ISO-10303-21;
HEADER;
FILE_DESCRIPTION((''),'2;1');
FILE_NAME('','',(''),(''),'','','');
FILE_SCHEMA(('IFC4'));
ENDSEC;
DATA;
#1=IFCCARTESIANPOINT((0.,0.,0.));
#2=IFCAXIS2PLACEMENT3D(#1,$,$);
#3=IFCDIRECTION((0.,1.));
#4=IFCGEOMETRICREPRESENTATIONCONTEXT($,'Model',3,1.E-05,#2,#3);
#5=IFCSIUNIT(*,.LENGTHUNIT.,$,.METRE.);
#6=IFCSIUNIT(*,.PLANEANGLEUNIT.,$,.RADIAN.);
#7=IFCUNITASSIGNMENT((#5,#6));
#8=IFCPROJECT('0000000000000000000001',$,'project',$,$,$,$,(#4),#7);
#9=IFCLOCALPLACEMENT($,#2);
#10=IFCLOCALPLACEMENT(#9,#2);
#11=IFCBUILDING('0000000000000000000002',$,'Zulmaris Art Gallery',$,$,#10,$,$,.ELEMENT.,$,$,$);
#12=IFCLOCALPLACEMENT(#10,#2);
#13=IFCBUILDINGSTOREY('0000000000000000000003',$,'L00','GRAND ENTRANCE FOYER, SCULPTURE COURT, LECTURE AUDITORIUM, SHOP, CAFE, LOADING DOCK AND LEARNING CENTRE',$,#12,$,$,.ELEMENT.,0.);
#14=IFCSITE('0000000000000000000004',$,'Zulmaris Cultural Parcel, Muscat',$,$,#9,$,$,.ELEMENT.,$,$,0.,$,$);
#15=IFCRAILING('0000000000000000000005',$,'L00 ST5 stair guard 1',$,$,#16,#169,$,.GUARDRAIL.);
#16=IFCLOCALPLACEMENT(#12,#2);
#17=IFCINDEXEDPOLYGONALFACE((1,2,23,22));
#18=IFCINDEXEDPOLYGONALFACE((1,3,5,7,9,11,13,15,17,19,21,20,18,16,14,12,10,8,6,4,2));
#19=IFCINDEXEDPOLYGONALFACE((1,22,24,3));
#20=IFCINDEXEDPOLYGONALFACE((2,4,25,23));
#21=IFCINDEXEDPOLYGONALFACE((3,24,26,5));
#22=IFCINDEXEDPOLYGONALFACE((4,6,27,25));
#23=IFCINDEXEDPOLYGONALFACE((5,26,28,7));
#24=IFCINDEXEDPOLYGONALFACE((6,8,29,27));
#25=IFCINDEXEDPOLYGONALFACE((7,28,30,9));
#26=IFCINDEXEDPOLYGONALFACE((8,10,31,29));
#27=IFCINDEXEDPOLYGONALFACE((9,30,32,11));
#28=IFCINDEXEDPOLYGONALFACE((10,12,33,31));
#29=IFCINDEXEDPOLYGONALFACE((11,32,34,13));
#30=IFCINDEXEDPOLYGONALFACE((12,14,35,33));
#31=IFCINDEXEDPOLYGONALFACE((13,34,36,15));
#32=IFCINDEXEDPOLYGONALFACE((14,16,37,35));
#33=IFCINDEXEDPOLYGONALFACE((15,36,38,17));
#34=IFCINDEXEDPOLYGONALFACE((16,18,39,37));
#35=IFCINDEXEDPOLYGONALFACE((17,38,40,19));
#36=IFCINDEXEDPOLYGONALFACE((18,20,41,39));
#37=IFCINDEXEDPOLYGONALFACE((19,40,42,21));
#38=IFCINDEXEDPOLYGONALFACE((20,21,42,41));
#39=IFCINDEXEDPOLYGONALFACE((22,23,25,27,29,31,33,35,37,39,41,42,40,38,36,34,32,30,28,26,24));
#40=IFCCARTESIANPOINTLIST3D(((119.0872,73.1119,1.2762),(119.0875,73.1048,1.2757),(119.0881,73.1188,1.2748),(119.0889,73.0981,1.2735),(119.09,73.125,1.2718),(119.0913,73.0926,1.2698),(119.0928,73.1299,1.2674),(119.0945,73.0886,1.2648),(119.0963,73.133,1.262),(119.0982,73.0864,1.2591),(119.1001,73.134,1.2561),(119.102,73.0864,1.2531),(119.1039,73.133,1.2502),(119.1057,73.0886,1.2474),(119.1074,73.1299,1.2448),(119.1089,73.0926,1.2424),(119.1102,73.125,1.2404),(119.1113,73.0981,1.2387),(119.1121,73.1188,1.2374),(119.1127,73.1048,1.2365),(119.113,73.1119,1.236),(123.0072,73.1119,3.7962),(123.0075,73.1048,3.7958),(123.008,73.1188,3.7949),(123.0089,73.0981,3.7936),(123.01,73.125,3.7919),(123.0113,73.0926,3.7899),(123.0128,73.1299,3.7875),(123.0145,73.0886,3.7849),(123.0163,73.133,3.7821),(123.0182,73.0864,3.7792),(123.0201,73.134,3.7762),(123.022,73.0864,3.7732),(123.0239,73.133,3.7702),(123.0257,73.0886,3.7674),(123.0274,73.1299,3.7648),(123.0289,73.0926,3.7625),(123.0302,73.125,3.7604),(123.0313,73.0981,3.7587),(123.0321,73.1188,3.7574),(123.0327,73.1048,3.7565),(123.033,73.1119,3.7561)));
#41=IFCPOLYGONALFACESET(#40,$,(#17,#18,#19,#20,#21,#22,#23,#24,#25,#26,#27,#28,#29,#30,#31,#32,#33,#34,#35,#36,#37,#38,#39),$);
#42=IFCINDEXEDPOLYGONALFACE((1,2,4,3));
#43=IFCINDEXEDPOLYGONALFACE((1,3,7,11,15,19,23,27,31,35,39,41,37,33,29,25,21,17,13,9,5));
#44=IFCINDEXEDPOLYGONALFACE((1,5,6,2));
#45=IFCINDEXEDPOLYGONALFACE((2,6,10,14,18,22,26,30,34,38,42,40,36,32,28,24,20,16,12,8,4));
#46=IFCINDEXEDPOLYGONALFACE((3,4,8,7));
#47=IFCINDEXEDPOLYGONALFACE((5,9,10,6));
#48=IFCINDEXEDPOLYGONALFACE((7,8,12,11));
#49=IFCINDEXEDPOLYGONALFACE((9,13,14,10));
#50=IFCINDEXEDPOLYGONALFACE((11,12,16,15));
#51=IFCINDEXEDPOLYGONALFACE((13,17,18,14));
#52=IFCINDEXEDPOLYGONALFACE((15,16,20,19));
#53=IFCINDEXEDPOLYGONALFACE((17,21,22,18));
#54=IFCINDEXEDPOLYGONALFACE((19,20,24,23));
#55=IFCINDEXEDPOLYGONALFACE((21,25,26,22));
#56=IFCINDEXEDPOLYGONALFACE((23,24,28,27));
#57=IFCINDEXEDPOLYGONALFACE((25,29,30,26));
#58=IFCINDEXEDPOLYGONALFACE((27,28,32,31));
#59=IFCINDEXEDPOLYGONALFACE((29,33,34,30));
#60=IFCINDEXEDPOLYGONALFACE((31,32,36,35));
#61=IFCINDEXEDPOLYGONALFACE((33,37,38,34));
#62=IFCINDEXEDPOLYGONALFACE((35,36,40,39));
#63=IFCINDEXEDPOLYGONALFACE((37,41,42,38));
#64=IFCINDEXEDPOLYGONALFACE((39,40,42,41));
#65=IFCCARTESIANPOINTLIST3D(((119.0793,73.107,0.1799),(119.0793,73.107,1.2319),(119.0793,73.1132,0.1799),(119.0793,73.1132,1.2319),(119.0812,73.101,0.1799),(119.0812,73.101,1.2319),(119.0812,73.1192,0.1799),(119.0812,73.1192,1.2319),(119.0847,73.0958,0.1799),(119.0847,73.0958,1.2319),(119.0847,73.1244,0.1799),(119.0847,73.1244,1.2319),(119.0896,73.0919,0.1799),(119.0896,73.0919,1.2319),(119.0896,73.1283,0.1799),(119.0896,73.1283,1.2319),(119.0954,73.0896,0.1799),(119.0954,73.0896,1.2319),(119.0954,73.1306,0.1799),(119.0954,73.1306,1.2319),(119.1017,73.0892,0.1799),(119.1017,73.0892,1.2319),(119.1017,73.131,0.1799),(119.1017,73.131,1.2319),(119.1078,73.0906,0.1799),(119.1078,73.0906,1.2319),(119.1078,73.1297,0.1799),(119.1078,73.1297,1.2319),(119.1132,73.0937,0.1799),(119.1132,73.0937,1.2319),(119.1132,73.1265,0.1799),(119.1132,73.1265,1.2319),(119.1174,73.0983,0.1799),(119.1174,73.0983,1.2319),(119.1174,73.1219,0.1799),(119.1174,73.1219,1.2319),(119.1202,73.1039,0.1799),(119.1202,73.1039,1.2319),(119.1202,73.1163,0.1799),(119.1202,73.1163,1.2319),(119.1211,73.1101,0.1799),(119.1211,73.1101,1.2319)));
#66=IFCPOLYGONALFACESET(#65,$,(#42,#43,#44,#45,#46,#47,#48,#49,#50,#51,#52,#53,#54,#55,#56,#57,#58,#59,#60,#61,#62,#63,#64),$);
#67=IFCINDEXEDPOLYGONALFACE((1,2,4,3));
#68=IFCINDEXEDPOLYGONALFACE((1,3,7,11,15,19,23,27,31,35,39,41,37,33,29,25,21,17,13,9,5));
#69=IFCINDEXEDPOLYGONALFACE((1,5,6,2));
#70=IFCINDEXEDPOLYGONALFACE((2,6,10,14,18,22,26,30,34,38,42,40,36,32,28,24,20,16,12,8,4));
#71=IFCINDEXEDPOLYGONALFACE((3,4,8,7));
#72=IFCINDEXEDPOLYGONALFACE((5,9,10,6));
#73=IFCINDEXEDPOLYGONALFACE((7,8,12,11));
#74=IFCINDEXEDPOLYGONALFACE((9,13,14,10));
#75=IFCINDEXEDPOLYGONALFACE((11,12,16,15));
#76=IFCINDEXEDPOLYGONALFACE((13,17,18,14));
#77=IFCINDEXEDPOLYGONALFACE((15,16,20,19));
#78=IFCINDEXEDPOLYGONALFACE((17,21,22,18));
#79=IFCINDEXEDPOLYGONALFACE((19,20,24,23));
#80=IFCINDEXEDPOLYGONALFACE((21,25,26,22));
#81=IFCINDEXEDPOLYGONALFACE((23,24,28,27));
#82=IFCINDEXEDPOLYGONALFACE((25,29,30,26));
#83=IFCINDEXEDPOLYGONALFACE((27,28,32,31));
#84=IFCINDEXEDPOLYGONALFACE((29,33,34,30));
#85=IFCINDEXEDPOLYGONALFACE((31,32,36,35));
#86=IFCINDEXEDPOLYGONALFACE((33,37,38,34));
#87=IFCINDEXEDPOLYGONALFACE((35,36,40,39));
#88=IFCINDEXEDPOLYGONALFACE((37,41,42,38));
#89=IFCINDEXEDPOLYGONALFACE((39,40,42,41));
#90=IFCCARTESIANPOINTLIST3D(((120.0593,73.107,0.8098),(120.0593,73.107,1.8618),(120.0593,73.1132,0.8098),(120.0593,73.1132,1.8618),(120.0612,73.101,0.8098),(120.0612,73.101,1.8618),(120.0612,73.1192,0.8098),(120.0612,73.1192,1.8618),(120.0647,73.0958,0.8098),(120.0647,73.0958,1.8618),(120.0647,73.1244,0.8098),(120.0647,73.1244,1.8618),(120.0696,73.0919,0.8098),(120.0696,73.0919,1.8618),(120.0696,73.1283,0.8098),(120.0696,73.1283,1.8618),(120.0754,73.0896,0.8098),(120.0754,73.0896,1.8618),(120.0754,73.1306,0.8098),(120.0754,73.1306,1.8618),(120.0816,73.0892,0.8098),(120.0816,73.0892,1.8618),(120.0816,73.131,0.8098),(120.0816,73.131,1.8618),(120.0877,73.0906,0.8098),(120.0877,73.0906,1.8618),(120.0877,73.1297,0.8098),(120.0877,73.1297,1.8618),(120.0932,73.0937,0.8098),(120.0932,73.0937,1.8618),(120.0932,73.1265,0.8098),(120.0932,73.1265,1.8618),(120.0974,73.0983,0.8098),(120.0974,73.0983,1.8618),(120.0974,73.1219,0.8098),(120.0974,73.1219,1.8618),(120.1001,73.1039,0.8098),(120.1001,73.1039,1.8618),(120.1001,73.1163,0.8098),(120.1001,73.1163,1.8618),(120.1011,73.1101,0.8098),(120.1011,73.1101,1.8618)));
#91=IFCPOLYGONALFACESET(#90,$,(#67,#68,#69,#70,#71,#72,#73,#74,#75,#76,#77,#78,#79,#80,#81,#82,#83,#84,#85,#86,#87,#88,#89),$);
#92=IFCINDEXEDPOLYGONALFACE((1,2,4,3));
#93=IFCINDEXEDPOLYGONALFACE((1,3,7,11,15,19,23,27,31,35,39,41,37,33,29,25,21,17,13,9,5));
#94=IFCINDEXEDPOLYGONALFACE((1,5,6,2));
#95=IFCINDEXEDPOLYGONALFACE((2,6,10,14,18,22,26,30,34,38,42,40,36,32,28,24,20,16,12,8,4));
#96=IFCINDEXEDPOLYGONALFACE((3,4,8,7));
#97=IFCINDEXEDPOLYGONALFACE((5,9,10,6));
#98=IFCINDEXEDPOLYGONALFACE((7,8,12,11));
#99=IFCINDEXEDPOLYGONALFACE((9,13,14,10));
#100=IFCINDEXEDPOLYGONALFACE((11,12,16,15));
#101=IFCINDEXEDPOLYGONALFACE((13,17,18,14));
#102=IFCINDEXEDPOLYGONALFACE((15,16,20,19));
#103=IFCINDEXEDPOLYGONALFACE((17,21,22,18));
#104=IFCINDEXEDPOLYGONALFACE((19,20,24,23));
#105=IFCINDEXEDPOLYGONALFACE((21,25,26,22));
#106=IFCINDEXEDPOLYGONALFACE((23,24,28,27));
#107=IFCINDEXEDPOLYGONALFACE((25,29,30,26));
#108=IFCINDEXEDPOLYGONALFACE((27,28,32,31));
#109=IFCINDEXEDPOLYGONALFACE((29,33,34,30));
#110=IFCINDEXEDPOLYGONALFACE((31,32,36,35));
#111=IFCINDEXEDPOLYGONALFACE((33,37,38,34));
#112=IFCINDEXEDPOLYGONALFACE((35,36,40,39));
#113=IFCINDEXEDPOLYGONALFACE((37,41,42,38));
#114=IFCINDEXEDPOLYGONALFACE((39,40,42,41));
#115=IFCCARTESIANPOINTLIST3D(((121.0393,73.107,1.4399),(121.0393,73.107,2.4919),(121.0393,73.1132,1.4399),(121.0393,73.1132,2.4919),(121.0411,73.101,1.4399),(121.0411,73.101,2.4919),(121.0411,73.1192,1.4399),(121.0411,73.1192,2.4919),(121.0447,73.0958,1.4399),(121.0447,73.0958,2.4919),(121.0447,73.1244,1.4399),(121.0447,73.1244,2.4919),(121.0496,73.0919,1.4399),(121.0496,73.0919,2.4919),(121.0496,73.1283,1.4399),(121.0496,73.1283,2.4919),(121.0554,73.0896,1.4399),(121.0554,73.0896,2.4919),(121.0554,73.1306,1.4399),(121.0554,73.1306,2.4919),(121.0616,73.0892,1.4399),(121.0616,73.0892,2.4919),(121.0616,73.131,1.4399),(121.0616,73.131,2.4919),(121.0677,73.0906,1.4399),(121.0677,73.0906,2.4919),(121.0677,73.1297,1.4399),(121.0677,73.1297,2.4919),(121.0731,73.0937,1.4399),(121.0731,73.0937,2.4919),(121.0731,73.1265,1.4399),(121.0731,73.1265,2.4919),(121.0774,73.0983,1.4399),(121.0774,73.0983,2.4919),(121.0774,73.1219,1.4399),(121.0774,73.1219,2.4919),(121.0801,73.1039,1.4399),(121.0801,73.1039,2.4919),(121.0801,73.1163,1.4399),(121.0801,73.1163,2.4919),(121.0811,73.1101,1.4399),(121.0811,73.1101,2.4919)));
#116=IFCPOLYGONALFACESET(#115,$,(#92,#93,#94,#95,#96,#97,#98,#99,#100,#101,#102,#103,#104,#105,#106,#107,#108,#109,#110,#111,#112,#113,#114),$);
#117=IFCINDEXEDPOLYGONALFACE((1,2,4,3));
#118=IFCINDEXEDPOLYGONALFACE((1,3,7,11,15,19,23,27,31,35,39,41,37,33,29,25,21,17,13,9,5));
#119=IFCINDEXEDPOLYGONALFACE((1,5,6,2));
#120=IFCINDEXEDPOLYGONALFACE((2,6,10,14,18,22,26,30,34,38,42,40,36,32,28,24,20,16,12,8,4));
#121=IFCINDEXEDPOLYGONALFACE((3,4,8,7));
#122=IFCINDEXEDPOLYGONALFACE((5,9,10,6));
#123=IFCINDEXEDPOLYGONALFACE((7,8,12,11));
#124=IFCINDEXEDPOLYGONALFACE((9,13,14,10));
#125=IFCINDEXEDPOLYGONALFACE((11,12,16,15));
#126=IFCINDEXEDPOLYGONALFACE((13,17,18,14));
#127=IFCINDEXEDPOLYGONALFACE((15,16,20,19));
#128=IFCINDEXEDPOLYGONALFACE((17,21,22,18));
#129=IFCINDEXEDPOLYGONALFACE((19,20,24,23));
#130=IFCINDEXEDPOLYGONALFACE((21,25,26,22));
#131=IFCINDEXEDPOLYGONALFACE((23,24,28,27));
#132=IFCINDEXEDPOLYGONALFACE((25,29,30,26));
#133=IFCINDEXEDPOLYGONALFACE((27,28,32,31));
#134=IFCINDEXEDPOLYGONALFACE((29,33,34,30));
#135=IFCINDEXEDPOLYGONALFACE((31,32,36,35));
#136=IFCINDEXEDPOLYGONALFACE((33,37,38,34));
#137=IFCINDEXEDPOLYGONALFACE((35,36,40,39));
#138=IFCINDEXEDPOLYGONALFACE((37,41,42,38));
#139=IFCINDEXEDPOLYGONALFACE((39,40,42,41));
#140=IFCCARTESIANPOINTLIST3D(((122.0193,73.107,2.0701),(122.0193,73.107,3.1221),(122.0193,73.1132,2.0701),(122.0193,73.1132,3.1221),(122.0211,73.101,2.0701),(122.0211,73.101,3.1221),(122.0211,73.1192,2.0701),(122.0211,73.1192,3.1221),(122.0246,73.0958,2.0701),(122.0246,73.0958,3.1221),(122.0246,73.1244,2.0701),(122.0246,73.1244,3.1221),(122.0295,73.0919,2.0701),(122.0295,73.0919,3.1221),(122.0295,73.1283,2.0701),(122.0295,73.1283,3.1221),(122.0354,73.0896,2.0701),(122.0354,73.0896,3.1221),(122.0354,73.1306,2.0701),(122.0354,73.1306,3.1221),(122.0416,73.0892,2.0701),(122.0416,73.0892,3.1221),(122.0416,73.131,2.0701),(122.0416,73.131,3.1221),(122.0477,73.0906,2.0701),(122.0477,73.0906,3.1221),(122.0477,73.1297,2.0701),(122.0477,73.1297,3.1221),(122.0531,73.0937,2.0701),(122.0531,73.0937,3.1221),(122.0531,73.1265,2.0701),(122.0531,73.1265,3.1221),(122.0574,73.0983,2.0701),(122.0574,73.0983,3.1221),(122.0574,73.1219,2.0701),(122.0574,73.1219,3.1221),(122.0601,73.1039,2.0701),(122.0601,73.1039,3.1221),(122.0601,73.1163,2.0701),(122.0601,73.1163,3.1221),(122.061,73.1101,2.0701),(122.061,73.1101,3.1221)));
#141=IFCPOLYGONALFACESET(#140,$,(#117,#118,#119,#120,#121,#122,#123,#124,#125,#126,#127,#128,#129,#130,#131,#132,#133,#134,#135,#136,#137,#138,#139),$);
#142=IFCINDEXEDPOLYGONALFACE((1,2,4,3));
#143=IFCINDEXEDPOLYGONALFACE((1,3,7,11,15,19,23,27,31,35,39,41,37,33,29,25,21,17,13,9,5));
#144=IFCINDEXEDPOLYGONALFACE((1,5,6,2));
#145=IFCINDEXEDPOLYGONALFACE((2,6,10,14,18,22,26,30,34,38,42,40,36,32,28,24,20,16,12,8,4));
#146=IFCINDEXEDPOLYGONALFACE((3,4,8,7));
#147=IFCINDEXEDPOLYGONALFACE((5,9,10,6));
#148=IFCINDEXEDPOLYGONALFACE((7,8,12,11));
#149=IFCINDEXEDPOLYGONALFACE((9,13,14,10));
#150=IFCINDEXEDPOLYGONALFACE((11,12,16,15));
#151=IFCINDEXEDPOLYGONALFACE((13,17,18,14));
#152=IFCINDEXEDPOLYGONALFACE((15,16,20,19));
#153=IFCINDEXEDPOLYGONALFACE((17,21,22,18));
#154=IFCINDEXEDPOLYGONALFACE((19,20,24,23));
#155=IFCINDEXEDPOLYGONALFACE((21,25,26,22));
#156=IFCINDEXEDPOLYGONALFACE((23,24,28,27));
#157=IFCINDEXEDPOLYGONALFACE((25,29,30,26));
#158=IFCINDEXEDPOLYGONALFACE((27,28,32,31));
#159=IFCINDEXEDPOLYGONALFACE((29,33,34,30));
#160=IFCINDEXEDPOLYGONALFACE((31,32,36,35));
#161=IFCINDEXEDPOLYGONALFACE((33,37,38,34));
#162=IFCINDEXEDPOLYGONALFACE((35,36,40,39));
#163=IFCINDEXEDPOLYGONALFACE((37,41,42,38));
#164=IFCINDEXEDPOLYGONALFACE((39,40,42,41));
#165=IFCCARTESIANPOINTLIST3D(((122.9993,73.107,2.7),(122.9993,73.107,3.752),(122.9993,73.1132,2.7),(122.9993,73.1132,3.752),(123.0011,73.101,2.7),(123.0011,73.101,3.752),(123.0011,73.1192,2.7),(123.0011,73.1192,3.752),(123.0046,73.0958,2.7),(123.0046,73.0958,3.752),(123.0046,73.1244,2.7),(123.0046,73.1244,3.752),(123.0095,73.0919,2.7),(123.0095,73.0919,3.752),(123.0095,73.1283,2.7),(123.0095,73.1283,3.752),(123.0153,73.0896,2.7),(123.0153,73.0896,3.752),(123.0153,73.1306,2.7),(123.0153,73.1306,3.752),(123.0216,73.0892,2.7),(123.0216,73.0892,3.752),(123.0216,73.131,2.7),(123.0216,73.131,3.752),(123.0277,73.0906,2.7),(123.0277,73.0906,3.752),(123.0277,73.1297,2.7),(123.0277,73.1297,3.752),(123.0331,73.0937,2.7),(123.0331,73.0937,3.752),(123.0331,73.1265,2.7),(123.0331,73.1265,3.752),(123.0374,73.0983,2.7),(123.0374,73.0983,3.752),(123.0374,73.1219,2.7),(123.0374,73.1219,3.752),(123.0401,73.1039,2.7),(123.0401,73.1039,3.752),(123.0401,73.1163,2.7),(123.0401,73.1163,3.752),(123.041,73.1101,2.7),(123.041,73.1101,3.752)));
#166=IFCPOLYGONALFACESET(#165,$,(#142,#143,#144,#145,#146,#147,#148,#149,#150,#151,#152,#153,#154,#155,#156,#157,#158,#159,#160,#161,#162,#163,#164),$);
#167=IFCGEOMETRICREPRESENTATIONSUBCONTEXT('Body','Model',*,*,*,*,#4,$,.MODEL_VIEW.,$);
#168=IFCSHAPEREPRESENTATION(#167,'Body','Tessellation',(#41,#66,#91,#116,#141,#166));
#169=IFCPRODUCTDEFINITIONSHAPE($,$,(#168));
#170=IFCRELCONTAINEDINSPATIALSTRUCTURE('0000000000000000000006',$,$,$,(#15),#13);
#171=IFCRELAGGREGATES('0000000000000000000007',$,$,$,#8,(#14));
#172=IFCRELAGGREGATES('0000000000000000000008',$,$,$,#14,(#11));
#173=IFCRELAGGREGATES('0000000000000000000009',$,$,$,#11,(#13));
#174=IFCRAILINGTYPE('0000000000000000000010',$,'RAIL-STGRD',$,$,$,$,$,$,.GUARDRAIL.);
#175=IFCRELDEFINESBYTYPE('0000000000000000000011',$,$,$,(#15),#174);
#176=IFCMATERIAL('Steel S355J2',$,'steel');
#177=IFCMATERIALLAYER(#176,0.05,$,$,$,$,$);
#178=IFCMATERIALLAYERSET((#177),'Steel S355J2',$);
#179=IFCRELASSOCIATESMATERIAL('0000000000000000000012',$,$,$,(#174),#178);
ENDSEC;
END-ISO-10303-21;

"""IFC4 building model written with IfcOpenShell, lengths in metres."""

from ifc_helpers import new_model, si_unit, direction, frame, origin, origin_2d, place, context, subcontext, project, spatial, circle, extrude, material, layer, layer_set, type_object, element, save


model = new_model("IFC4")

# Units and contexts
model_context = context("Model", 3, precision=1e-05, world=origin(), true_north=direction((0.0, 1.0)))
body_context = subcontext(model_context, "Body", "Model", "MODEL_VIEW")
ifc_project = project(units=[si_unit("LENGTHUNIT", "METRE"), si_unit("PLANEANGLEUNIT", "RADIAN")], contexts=[model_context])

# Site, building, storey
site_placement = place(None, origin())
site = spatial("IfcSite", under=ifc_project, at=site_placement, Name="Zulmaris Cultural Parcel, Muscat", CompositionType="ELEMENT", RefElevation=0.0)
building_placement = place(site_placement, origin())
building = spatial("IfcBuilding", under=site, at=building_placement, Name="Zulmaris Art Gallery", CompositionType="ELEMENT")
storey_placement = place(building_placement, origin())
storey = spatial("IfcBuildingStorey", under=building, at=storey_placement, Name="L00", Description="GRAND ENTRANCE FOYER, SCULPTURE COURT, LECTURE AUDITORIUM, SHOP, CAFE, LOADING DOCK AND LEARNING CENTRE", CompositionType="ELEMENT", Elevation=0.0)

# Railing
ifc_material_1 = material(Name="Steel S355J2", Category="steel")
ifc_layer_1 = layer(ifc_material_1, 0.05)
ifc_layer_set_1 = layer_set([ifc_layer_1], Name="Steel S355J2")
railing_type_1 = type_object("IfcRailingType", Name="RAIL-STGRD", PredefinedType="GUARDRAIL", material=ifc_layer_set_1)
railing_1_placement = place(storey_placement, frame((119.1001, 73.1101, 0.1799)))
element("IfcRailing", 1, at=railing_1_placement, inside=storey, type_object=railing_type_1, Name="L00 ST5 stair guard 1", PredefinedType="GUARDRAIL", context=body_context, shape_type="SweptSolid", body=[
    extrude(circle(Radius=0.0239, at=origin_2d()), frame((0.0, 0.0, 1.0762), z_axis=(0.841172, 0.0, 0.540768), x_axis=(0.0, 1.0, 0.0)), (0.0, 0.0, 1.0), 4.6602),
    extrude(circle(Radius=0.021, at=origin_2d()), origin(), (0.0, 0.0, 1.0), 1.052),
    extrude(circle(Radius=0.021, at=origin_2d()), frame((0.98, 0.0, 0.6299)), (0.0, 0.0, 1.0), 1.052),
    extrude(circle(Radius=0.021, at=origin_2d()), frame((1.96, 0.0, 1.26)), (0.0, 0.0, 1.0), 1.052),
    extrude(circle(Radius=0.021, at=origin_2d()), frame((2.9399, 0.0, 1.8901)), (0.0, 0.0, 1.0), 1.052),
    extrude(circle(Radius=0.021, at=origin_2d()), frame((3.9199, 0.0, 2.52)), (0.0, 0.0, 1.0), 1.052),
])

save(model, "model.ifc")
